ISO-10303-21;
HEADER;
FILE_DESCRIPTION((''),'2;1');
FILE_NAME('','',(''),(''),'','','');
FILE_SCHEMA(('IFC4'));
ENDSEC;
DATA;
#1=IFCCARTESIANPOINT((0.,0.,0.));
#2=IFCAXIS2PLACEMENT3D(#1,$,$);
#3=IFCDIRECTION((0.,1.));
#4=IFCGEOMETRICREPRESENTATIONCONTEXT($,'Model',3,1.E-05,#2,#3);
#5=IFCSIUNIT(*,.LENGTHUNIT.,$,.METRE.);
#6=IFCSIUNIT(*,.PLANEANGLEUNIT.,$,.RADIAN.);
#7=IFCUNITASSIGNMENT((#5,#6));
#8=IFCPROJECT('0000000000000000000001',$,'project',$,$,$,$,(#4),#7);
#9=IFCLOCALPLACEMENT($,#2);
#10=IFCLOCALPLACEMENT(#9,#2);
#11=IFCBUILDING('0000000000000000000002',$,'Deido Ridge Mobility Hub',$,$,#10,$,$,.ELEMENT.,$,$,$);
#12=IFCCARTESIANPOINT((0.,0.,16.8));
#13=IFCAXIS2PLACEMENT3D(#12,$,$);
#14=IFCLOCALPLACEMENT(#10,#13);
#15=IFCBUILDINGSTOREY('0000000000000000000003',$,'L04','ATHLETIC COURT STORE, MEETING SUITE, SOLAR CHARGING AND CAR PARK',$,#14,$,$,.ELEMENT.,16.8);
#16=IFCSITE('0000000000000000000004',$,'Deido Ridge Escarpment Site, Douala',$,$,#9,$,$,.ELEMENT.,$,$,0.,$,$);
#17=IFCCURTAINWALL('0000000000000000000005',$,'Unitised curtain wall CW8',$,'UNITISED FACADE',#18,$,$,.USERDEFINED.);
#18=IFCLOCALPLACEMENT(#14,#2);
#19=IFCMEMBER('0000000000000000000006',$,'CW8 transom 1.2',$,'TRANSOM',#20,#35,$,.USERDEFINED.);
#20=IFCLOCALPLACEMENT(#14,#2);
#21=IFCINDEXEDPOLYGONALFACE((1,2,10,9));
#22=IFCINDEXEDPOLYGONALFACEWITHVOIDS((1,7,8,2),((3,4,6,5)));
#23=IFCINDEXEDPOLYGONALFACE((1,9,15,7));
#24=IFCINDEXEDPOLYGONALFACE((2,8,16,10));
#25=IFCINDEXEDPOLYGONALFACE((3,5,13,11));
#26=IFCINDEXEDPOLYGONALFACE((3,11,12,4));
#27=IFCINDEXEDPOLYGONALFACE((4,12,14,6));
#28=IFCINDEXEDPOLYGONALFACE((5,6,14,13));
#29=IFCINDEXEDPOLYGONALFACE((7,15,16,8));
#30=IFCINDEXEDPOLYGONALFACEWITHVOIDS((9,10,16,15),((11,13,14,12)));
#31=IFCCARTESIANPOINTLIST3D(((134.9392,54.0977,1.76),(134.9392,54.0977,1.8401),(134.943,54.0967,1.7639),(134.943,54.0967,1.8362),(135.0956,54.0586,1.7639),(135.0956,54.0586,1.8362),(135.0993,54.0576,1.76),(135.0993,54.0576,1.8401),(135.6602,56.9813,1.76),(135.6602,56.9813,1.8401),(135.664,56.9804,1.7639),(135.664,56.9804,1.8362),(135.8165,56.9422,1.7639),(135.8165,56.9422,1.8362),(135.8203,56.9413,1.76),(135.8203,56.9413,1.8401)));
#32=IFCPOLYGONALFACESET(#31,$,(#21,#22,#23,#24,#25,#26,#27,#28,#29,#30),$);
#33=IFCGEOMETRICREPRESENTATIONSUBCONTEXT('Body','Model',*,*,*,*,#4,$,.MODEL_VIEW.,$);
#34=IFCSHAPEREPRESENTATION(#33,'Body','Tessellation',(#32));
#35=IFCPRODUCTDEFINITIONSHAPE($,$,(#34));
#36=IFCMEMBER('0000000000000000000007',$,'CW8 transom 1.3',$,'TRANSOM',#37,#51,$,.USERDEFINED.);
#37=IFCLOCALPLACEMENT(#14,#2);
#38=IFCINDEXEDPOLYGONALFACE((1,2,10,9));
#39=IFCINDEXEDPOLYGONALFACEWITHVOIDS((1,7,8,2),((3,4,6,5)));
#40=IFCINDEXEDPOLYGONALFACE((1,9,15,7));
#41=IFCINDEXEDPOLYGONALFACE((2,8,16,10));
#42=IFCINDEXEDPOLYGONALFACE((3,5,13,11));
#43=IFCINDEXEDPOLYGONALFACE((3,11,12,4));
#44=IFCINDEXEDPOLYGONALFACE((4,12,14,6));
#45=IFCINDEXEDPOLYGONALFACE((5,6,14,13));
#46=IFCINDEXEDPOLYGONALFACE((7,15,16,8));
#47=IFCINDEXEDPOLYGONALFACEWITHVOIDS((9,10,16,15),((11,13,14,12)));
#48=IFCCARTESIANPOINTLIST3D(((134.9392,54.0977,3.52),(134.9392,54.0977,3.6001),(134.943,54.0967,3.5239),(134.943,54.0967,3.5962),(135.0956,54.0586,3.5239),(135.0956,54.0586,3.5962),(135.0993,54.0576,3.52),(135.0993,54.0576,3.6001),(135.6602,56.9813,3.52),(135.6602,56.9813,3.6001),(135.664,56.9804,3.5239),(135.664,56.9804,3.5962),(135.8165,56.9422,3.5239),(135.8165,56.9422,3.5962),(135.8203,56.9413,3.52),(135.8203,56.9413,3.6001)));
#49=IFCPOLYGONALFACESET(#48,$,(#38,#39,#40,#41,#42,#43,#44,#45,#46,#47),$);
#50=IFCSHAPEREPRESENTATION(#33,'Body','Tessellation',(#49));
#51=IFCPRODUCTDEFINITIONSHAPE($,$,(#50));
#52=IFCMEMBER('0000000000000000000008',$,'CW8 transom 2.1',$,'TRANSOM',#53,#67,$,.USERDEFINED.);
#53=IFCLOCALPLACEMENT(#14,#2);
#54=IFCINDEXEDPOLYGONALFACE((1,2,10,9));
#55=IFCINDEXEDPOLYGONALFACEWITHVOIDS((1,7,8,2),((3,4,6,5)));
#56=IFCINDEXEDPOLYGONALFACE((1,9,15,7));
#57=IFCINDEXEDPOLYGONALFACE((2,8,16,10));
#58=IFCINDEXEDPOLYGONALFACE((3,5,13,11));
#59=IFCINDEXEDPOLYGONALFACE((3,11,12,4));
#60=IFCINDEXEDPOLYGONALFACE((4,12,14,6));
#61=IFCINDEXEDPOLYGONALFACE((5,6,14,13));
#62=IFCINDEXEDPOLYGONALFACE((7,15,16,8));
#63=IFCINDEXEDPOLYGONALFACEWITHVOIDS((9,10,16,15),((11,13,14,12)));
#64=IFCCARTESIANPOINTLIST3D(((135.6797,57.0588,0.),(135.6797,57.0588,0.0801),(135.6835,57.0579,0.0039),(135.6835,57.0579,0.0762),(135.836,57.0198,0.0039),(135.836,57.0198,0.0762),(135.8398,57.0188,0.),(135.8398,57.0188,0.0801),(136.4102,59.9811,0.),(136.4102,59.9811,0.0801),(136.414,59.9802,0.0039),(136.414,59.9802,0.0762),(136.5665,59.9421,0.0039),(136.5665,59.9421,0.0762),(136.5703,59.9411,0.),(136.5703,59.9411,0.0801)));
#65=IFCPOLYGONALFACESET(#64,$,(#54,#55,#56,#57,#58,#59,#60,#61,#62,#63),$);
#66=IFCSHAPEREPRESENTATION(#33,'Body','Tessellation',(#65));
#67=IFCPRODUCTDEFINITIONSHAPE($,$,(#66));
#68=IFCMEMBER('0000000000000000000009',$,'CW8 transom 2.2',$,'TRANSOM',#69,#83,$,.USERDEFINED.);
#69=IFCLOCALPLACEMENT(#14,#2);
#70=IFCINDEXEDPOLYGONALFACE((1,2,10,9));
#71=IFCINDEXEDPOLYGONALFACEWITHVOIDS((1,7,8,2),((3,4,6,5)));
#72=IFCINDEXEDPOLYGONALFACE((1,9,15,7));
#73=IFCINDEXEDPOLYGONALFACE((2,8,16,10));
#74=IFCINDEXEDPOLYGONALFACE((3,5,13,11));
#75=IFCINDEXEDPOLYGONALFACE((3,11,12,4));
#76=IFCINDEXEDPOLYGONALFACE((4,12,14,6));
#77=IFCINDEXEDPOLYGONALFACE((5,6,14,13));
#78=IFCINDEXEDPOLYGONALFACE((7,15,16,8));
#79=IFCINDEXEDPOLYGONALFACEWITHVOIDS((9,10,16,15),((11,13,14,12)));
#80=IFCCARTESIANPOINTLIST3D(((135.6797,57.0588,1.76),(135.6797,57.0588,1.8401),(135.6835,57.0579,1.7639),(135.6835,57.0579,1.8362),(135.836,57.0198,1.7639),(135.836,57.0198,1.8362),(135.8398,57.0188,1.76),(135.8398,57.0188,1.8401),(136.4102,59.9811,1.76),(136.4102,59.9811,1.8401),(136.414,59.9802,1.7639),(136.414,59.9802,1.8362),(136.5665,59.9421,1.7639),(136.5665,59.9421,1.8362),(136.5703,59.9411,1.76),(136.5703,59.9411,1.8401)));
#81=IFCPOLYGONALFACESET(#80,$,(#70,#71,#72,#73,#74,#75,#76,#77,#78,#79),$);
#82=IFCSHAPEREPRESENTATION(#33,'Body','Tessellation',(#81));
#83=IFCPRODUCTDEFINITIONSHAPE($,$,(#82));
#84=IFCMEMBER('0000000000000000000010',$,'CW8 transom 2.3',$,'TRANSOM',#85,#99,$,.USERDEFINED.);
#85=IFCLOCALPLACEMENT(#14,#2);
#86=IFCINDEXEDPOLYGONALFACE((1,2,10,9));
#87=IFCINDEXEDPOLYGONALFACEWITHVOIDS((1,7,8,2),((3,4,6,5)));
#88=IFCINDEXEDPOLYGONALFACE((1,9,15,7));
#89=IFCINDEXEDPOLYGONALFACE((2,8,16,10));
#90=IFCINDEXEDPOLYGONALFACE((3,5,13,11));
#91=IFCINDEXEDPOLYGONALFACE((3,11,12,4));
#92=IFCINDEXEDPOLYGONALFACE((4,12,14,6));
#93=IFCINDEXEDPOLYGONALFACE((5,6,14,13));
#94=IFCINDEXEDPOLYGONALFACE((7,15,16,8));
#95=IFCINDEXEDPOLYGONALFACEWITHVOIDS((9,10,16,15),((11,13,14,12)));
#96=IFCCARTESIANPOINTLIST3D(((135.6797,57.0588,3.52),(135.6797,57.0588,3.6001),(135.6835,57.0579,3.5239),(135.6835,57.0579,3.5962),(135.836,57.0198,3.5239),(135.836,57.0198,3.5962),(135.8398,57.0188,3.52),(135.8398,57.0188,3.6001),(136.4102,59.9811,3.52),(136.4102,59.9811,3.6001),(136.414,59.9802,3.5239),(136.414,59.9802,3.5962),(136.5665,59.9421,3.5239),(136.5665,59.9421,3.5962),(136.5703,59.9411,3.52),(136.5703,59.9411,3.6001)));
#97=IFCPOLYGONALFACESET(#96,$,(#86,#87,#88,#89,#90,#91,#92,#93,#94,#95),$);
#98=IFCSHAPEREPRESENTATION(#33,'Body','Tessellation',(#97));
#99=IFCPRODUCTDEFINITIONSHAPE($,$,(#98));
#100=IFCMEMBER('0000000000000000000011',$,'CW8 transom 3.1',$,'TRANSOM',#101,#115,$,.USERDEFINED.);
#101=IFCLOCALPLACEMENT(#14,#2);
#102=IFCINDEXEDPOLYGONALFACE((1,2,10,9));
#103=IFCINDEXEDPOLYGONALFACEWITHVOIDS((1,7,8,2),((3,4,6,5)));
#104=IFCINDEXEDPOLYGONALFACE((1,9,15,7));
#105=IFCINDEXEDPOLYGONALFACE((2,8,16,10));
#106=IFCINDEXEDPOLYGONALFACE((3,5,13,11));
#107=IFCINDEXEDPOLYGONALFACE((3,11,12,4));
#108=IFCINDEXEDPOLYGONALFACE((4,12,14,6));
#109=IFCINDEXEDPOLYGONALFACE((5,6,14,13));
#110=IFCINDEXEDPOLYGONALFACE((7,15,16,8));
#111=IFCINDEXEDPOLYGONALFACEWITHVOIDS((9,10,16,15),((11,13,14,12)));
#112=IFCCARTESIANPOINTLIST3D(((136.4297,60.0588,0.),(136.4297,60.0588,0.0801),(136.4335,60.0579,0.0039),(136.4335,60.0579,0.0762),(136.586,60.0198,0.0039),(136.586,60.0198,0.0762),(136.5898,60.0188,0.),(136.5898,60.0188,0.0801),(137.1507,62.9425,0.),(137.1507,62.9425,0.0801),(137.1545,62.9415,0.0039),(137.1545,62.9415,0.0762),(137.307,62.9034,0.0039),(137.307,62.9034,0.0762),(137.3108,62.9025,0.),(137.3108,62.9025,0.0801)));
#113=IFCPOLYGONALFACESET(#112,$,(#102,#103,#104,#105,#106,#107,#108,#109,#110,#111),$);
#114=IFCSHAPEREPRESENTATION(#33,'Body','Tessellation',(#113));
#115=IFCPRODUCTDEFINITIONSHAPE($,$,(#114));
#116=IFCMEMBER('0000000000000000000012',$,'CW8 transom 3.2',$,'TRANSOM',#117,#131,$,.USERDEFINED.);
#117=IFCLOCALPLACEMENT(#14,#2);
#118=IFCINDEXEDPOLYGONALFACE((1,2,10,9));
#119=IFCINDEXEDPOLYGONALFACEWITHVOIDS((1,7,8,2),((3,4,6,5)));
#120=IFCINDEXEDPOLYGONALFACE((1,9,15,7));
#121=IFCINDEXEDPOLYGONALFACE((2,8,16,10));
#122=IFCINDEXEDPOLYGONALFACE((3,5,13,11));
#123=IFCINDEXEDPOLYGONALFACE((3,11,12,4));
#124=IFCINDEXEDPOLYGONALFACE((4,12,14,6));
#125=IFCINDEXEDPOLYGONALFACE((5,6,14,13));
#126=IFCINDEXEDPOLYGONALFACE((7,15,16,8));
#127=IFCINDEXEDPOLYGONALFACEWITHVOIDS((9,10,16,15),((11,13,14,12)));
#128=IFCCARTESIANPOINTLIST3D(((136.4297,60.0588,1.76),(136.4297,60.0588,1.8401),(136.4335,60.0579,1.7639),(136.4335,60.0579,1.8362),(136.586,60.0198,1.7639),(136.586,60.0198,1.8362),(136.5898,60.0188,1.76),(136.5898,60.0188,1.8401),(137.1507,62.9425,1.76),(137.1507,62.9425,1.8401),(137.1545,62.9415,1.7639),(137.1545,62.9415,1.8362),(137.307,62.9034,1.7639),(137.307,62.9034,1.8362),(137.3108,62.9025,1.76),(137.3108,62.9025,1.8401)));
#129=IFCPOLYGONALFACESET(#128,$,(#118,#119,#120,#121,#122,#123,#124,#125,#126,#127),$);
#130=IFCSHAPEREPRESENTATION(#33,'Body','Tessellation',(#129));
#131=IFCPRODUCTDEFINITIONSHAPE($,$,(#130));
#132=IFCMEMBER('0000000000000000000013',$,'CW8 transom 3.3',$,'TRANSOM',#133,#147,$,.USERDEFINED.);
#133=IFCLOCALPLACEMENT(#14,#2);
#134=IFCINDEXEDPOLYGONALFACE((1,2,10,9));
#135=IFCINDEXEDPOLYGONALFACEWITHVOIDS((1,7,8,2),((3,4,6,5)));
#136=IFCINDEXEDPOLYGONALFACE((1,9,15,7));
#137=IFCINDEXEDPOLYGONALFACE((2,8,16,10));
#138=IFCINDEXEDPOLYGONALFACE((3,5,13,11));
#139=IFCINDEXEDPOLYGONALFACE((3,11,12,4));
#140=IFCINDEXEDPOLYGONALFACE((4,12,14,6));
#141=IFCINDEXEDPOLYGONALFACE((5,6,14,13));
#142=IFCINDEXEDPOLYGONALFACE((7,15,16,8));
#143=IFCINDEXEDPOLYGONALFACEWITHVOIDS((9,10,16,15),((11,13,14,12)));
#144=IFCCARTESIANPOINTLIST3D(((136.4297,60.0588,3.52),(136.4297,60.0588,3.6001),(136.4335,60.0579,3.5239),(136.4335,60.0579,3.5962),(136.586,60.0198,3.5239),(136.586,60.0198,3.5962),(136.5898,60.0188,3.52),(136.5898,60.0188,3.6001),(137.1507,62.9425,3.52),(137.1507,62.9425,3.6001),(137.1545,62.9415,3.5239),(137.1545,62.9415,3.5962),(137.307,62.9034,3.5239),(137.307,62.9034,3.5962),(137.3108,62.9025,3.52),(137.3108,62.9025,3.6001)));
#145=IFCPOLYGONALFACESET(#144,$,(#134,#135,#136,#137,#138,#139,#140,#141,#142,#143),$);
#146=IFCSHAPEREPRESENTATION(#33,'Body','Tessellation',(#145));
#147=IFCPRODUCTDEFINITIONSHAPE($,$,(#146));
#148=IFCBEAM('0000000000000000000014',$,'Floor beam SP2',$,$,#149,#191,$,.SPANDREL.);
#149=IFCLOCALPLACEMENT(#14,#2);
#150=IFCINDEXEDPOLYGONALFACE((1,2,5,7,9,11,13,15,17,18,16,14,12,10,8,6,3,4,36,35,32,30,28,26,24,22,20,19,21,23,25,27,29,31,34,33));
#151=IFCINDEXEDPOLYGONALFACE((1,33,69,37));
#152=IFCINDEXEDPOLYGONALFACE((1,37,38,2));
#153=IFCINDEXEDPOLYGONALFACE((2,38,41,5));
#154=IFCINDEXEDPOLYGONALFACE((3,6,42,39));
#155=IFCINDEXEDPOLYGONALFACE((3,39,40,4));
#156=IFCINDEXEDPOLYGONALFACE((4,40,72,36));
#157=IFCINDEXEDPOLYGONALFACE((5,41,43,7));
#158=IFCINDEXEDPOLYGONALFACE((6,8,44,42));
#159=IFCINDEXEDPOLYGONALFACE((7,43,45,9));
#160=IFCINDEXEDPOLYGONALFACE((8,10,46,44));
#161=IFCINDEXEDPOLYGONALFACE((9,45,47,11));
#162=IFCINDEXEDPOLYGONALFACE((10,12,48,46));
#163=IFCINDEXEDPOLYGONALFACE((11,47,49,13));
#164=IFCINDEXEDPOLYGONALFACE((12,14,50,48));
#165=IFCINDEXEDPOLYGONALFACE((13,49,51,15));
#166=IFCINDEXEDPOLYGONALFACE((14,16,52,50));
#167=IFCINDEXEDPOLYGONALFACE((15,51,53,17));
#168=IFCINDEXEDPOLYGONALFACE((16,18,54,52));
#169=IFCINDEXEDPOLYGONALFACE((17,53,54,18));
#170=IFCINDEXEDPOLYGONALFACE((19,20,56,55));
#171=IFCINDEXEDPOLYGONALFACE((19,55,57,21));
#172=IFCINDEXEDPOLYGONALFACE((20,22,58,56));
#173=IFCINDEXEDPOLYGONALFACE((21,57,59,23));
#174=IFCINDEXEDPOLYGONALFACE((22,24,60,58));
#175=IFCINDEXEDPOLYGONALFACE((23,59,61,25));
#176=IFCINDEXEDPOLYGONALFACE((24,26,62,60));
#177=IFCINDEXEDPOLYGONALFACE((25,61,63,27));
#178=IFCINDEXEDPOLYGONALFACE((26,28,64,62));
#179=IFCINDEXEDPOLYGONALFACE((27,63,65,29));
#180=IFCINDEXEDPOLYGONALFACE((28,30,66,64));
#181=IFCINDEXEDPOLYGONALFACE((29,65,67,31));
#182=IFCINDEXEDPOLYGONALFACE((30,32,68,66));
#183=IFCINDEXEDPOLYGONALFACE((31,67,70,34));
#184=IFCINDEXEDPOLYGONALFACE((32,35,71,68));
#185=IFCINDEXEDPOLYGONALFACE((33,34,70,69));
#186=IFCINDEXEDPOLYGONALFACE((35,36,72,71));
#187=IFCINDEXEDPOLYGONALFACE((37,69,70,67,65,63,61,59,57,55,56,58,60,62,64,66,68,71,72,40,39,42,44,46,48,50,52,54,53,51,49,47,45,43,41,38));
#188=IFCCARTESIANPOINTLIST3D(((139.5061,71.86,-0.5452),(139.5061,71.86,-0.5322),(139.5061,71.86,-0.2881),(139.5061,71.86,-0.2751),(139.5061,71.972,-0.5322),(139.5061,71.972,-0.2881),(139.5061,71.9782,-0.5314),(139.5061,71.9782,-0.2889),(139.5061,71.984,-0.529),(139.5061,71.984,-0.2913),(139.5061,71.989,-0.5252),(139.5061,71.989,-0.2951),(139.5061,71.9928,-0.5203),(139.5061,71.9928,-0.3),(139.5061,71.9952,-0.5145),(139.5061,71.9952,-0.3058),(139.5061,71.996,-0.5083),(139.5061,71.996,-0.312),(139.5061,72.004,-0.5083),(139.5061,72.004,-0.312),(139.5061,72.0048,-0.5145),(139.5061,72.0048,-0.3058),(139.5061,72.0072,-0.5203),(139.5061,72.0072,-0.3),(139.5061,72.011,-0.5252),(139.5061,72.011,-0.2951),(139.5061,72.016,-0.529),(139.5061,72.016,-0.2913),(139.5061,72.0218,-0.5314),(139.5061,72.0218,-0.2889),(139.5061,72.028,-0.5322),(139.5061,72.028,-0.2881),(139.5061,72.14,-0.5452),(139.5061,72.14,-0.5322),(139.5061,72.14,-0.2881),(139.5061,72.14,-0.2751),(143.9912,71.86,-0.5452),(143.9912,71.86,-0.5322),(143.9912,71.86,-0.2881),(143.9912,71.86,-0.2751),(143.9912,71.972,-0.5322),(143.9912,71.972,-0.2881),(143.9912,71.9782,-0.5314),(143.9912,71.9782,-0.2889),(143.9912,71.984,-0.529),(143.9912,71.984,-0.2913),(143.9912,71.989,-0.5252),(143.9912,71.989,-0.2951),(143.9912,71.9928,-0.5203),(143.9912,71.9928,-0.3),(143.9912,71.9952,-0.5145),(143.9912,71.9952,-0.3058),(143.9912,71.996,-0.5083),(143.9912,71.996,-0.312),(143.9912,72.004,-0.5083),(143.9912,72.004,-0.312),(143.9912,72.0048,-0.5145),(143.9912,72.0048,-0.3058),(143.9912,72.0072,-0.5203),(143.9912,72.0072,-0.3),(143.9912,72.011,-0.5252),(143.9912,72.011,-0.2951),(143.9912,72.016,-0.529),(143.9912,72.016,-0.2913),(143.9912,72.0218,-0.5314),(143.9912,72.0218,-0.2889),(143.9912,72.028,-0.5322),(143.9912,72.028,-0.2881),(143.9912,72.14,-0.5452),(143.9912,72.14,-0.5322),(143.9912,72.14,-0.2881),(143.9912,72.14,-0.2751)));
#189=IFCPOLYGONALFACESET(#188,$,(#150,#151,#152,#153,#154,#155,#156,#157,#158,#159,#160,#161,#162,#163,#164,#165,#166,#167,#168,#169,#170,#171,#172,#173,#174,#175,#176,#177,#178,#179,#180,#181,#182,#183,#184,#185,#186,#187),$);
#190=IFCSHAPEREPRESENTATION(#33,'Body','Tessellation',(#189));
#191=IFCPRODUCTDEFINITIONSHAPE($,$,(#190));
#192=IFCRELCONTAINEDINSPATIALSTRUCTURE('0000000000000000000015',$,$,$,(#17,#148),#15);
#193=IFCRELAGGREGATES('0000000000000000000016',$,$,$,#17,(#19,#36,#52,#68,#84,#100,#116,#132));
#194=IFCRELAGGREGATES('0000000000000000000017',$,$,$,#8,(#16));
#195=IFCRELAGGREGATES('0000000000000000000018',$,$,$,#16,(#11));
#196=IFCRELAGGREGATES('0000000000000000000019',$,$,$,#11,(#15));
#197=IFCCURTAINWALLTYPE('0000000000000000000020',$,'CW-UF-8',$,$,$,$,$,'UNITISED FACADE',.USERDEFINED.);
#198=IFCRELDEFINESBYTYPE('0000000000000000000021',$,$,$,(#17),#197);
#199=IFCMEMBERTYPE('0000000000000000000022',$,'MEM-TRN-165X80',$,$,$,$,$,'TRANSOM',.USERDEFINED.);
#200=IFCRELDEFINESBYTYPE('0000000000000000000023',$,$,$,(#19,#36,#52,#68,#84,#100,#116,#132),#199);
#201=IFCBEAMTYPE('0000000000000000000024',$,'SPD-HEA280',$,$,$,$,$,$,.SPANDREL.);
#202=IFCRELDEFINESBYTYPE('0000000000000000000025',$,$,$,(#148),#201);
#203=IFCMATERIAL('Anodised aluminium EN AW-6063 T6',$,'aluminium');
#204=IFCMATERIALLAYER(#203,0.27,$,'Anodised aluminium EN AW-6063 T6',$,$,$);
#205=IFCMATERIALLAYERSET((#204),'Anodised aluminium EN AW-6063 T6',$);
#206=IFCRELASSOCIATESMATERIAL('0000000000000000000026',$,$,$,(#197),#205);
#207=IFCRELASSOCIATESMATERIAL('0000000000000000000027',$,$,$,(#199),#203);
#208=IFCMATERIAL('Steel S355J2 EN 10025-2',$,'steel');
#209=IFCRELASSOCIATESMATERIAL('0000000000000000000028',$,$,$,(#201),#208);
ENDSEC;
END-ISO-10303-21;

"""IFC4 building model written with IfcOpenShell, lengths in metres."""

from ifc_helpers import new_model, si_unit, direction, frame, origin, origin_2d, place, context, subcontext, project, spatial, hollow_rectangle, i_section, extrude, material, layer, layer_set, material_profile, profile_set, type_object, element, aggregate, save


model = new_model("IFC4")

# Units and contexts
model_context = context("Model", 3, precision=1e-05, world=origin(), true_north=direction((0.0, 1.0)))
body_context = subcontext(model_context, "Body", "Model", "MODEL_VIEW")
ifc_project = project(units=[si_unit("LENGTHUNIT", "METRE"), si_unit("PLANEANGLEUNIT", "RADIAN")], contexts=[model_context])

# Site, building, storey
site_placement = place(None, origin())
site = spatial("IfcSite", under=ifc_project, at=site_placement, Name="Deido Ridge Escarpment Site, Douala", CompositionType="ELEMENT", RefElevation=0.0)
building_placement = place(site_placement, origin())
building = spatial("IfcBuilding", under=site, at=building_placement, Name="Deido Ridge Mobility Hub", CompositionType="ELEMENT")
storey_placement = place(building_placement, frame((0.0, 0.0, 16.8)))
storey = spatial("IfcBuildingStorey", under=building, at=storey_placement, Name="L04", Description="ATHLETIC COURT STORE, MEETING SUITE, SOLAR CHARGING AND CAR PARK", CompositionType="ELEMENT", Elevation=16.8)

# Shared definitions
ifc_material_1 = material(Name="Steel S355J2 EN 10025-2", Category="steel")

# Curtain wall, members
ifc_material_2 = material(Name="Anodised aluminium EN AW-6063 T6", Category="aluminium")
ifc_layer_1 = layer(ifc_material_2, 0.27, Name="Anodised aluminium EN AW-6063 T6")
ifc_layer_set_1 = layer_set([ifc_layer_1], Name="Anodised aluminium EN AW-6063 T6")
curtain_wall_type = type_object("IfcCurtainWallType", Name="CW-UF-8", ElementType="UNITISED FACADE", PredefinedType="USERDEFINED", material=ifc_layer_set_1)
curtain_wall_placement = place(storey_placement, origin())
curtain_wall = element("IfcCurtainWall", 1, at=curtain_wall_placement, inside=storey, type_object=curtain_wall_type, Name="Unitised curtain wall CW8", ObjectType="UNITISED FACADE", PredefinedType="USERDEFINED")
ifc_material_profile_1 = material_profile(ifc_material_2, hollow_rectangle(XDim=0.165, YDim=0.0801, WallThickness=0.0039, at=origin_2d()), Name="RHS 165x80x4")
ifc_profile_set_1 = profile_set([ifc_material_profile_1], Name="Anodised aluminium EN AW-6063 T6")
member_type_1 = type_object("IfcMemberType", Name="MEM-TRN-165X80", ElementType="TRANSOM", PredefinedType="USERDEFINED", material=ifc_profile_set_1)
member_1_placement = place(storey_placement, frame((135.0193, 54.0776, 1.8), z_axis=(0.242555, 0.970138, 0.0), x_axis=(-0.970138, 0.242555, 0.0)))
member_1 = element("IfcMember", 2, at=member_1_placement, type_object=member_type_1, Name="CW8 transom 1.2", ObjectType="TRANSOM", PredefinedType="USERDEFINED", context=body_context, shape_type="SweptSolid", body=[
    extrude(hollow_rectangle(XDim=0.165, YDim=0.0801, WallThickness=0.0039, at=origin_2d()), origin(), (0.0, 0.0, 1.0), 2.9724),
])
member_2_placement = place(storey_placement, frame((135.0193, 54.0776, 3.5601), z_axis=(0.242555, 0.970138, 0.0), x_axis=(-0.970138, 0.242555, 0.0)))
member_2 = element("IfcMember", 3, at=member_2_placement, type_object=member_type_1, Name="CW8 transom 1.3", ObjectType="TRANSOM", PredefinedType="USERDEFINED", context=body_context, shape_type="SweptSolid", body=[
    extrude(hollow_rectangle(XDim=0.165, YDim=0.0801, WallThickness=0.0039, at=origin_2d()), origin(), (0.0, 0.0, 1.0), 2.9724),
])
member_3_placement = place(storey_placement, frame((135.7598, 57.0388, 0.04), z_axis=(0.242497, 0.970152, 0.0), x_axis=(-0.970152, 0.242497, 0.0)))
member_3 = element("IfcMember", 4, at=member_3_placement, type_object=member_type_1, Name="CW8 transom 2.1", ObjectType="TRANSOM", PredefinedType="USERDEFINED", context=body_context, shape_type="SweptSolid", body=[
    extrude(hollow_rectangle(XDim=0.165, YDim=0.0801, WallThickness=0.0039, at=origin_2d()), origin(), (0.0, 0.0, 1.0), 3.0122),
])
member_4_placement = place(storey_placement, frame((135.7598, 57.0388, 1.8), z_axis=(0.242497, 0.970152, 0.0), x_axis=(-0.970152, 0.242497, 0.0)))
member_4 = element("IfcMember", 5, at=member_4_placement, type_object=member_type_1, Name="CW8 transom 2.2", ObjectType="TRANSOM", PredefinedType="USERDEFINED", context=body_context, shape_type="SweptSolid", body=[
    extrude(hollow_rectangle(XDim=0.165, YDim=0.0801, WallThickness=0.0039, at=origin_2d()), origin(), (0.0, 0.0, 1.0), 3.0122),
])
member_5_placement = place(storey_placement, frame((135.7598, 57.0388, 3.5601), z_axis=(0.242497, 0.970152, 0.0), x_axis=(-0.970152, 0.242497, 0.0)))
member_5 = element("IfcMember", 6, at=member_5_placement, type_object=member_type_1, Name="CW8 transom 2.3", ObjectType="TRANSOM", PredefinedType="USERDEFINED", context=body_context, shape_type="SweptSolid", body=[
    extrude(hollow_rectangle(XDim=0.165, YDim=0.0801, WallThickness=0.0039, at=origin_2d()), origin(), (0.0, 0.0, 1.0), 3.0122),
])
member_6_placement = place(storey_placement, frame((136.5098, 60.0388, 0.04), z_axis=(0.242555, 0.970138, 0.0), x_axis=(-0.970138, 0.242555, 0.0)))
member_6 = element("IfcMember", 7, at=member_6_placement, type_object=member_type_1, Name="CW8 transom 3.1", ObjectType="TRANSOM", PredefinedType="USERDEFINED", context=body_context, shape_type="SweptSolid", body=[
    extrude(hollow_rectangle(XDim=0.165, YDim=0.0801, WallThickness=0.0039, at=origin_2d()), origin(), (0.0, 0.0, 1.0), 2.9724),
])
member_7_placement = place(storey_placement, frame((136.5098, 60.0388, 1.8), z_axis=(0.242555, 0.970138, 0.0), x_axis=(-0.970138, 0.242555, 0.0)))
member_7 = element("IfcMember", 8, at=member_7_placement, type_object=member_type_1, Name="CW8 transom 3.2", ObjectType="TRANSOM", PredefinedType="USERDEFINED", context=body_context, shape_type="SweptSolid", body=[
    extrude(hollow_rectangle(XDim=0.165, YDim=0.0801, WallThickness=0.0039, at=origin_2d()), origin(), (0.0, 0.0, 1.0), 2.9724),
])
member_8_placement = place(storey_placement, frame((136.5098, 60.0388, 3.5601), z_axis=(0.242555, 0.970138, 0.0), x_axis=(-0.970138, 0.242555, 0.0)))
member_8 = element("IfcMember", 9, at=member_8_placement, type_object=member_type_1, Name="CW8 transom 3.3", ObjectType="TRANSOM", PredefinedType="USERDEFINED", context=body_context, shape_type="SweptSolid", body=[
    extrude(hollow_rectangle(XDim=0.165, YDim=0.0801, WallThickness=0.0039, at=origin_2d()), origin(), (0.0, 0.0, 1.0), 2.9724),
])

# Beam
ifc_material_profile_2 = material_profile(ifc_material_1, i_section(OverallWidth=0.28, OverallDepth=0.27, WebThickness=0.0081, FlangeThickness=0.0129, FilletRadius=0.0239, at=origin_2d()), Name="HEA 280")
ifc_profile_set_2 = profile_set([ifc_material_profile_2], Name="Steel S355J2 EN 10025-2")
beam_type_1 = type_object("IfcBeamType", Name="SPD-HEA280", PredefinedType="SPANDREL", material=ifc_profile_set_2)
beam_1_placement = place(storey_placement, frame((139.5061, 72.0, -0.4102), z_axis=(1.0, 0.0, 0.0), x_axis=(0.0, 1.0, 0.0)))
element("IfcBeam", 10, at=beam_1_placement, inside=storey, type_object=beam_type_1, Name="Floor beam SP2", PredefinedType="SPANDREL", context=body_context, shape_type="SweptSolid", body=[
    extrude(i_section(OverallWidth=0.28, OverallDepth=0.27, WebThickness=0.0081, FlangeThickness=0.0129, FilletRadius=0.0239, at=origin_2d()), origin(), (0.0, 0.0, 1.0), 4.4851),
])

aggregate(curtain_wall, [member_1, member_2, member_3, member_4, member_5, member_6, member_7, member_8])

save(model, "model.ifc")
